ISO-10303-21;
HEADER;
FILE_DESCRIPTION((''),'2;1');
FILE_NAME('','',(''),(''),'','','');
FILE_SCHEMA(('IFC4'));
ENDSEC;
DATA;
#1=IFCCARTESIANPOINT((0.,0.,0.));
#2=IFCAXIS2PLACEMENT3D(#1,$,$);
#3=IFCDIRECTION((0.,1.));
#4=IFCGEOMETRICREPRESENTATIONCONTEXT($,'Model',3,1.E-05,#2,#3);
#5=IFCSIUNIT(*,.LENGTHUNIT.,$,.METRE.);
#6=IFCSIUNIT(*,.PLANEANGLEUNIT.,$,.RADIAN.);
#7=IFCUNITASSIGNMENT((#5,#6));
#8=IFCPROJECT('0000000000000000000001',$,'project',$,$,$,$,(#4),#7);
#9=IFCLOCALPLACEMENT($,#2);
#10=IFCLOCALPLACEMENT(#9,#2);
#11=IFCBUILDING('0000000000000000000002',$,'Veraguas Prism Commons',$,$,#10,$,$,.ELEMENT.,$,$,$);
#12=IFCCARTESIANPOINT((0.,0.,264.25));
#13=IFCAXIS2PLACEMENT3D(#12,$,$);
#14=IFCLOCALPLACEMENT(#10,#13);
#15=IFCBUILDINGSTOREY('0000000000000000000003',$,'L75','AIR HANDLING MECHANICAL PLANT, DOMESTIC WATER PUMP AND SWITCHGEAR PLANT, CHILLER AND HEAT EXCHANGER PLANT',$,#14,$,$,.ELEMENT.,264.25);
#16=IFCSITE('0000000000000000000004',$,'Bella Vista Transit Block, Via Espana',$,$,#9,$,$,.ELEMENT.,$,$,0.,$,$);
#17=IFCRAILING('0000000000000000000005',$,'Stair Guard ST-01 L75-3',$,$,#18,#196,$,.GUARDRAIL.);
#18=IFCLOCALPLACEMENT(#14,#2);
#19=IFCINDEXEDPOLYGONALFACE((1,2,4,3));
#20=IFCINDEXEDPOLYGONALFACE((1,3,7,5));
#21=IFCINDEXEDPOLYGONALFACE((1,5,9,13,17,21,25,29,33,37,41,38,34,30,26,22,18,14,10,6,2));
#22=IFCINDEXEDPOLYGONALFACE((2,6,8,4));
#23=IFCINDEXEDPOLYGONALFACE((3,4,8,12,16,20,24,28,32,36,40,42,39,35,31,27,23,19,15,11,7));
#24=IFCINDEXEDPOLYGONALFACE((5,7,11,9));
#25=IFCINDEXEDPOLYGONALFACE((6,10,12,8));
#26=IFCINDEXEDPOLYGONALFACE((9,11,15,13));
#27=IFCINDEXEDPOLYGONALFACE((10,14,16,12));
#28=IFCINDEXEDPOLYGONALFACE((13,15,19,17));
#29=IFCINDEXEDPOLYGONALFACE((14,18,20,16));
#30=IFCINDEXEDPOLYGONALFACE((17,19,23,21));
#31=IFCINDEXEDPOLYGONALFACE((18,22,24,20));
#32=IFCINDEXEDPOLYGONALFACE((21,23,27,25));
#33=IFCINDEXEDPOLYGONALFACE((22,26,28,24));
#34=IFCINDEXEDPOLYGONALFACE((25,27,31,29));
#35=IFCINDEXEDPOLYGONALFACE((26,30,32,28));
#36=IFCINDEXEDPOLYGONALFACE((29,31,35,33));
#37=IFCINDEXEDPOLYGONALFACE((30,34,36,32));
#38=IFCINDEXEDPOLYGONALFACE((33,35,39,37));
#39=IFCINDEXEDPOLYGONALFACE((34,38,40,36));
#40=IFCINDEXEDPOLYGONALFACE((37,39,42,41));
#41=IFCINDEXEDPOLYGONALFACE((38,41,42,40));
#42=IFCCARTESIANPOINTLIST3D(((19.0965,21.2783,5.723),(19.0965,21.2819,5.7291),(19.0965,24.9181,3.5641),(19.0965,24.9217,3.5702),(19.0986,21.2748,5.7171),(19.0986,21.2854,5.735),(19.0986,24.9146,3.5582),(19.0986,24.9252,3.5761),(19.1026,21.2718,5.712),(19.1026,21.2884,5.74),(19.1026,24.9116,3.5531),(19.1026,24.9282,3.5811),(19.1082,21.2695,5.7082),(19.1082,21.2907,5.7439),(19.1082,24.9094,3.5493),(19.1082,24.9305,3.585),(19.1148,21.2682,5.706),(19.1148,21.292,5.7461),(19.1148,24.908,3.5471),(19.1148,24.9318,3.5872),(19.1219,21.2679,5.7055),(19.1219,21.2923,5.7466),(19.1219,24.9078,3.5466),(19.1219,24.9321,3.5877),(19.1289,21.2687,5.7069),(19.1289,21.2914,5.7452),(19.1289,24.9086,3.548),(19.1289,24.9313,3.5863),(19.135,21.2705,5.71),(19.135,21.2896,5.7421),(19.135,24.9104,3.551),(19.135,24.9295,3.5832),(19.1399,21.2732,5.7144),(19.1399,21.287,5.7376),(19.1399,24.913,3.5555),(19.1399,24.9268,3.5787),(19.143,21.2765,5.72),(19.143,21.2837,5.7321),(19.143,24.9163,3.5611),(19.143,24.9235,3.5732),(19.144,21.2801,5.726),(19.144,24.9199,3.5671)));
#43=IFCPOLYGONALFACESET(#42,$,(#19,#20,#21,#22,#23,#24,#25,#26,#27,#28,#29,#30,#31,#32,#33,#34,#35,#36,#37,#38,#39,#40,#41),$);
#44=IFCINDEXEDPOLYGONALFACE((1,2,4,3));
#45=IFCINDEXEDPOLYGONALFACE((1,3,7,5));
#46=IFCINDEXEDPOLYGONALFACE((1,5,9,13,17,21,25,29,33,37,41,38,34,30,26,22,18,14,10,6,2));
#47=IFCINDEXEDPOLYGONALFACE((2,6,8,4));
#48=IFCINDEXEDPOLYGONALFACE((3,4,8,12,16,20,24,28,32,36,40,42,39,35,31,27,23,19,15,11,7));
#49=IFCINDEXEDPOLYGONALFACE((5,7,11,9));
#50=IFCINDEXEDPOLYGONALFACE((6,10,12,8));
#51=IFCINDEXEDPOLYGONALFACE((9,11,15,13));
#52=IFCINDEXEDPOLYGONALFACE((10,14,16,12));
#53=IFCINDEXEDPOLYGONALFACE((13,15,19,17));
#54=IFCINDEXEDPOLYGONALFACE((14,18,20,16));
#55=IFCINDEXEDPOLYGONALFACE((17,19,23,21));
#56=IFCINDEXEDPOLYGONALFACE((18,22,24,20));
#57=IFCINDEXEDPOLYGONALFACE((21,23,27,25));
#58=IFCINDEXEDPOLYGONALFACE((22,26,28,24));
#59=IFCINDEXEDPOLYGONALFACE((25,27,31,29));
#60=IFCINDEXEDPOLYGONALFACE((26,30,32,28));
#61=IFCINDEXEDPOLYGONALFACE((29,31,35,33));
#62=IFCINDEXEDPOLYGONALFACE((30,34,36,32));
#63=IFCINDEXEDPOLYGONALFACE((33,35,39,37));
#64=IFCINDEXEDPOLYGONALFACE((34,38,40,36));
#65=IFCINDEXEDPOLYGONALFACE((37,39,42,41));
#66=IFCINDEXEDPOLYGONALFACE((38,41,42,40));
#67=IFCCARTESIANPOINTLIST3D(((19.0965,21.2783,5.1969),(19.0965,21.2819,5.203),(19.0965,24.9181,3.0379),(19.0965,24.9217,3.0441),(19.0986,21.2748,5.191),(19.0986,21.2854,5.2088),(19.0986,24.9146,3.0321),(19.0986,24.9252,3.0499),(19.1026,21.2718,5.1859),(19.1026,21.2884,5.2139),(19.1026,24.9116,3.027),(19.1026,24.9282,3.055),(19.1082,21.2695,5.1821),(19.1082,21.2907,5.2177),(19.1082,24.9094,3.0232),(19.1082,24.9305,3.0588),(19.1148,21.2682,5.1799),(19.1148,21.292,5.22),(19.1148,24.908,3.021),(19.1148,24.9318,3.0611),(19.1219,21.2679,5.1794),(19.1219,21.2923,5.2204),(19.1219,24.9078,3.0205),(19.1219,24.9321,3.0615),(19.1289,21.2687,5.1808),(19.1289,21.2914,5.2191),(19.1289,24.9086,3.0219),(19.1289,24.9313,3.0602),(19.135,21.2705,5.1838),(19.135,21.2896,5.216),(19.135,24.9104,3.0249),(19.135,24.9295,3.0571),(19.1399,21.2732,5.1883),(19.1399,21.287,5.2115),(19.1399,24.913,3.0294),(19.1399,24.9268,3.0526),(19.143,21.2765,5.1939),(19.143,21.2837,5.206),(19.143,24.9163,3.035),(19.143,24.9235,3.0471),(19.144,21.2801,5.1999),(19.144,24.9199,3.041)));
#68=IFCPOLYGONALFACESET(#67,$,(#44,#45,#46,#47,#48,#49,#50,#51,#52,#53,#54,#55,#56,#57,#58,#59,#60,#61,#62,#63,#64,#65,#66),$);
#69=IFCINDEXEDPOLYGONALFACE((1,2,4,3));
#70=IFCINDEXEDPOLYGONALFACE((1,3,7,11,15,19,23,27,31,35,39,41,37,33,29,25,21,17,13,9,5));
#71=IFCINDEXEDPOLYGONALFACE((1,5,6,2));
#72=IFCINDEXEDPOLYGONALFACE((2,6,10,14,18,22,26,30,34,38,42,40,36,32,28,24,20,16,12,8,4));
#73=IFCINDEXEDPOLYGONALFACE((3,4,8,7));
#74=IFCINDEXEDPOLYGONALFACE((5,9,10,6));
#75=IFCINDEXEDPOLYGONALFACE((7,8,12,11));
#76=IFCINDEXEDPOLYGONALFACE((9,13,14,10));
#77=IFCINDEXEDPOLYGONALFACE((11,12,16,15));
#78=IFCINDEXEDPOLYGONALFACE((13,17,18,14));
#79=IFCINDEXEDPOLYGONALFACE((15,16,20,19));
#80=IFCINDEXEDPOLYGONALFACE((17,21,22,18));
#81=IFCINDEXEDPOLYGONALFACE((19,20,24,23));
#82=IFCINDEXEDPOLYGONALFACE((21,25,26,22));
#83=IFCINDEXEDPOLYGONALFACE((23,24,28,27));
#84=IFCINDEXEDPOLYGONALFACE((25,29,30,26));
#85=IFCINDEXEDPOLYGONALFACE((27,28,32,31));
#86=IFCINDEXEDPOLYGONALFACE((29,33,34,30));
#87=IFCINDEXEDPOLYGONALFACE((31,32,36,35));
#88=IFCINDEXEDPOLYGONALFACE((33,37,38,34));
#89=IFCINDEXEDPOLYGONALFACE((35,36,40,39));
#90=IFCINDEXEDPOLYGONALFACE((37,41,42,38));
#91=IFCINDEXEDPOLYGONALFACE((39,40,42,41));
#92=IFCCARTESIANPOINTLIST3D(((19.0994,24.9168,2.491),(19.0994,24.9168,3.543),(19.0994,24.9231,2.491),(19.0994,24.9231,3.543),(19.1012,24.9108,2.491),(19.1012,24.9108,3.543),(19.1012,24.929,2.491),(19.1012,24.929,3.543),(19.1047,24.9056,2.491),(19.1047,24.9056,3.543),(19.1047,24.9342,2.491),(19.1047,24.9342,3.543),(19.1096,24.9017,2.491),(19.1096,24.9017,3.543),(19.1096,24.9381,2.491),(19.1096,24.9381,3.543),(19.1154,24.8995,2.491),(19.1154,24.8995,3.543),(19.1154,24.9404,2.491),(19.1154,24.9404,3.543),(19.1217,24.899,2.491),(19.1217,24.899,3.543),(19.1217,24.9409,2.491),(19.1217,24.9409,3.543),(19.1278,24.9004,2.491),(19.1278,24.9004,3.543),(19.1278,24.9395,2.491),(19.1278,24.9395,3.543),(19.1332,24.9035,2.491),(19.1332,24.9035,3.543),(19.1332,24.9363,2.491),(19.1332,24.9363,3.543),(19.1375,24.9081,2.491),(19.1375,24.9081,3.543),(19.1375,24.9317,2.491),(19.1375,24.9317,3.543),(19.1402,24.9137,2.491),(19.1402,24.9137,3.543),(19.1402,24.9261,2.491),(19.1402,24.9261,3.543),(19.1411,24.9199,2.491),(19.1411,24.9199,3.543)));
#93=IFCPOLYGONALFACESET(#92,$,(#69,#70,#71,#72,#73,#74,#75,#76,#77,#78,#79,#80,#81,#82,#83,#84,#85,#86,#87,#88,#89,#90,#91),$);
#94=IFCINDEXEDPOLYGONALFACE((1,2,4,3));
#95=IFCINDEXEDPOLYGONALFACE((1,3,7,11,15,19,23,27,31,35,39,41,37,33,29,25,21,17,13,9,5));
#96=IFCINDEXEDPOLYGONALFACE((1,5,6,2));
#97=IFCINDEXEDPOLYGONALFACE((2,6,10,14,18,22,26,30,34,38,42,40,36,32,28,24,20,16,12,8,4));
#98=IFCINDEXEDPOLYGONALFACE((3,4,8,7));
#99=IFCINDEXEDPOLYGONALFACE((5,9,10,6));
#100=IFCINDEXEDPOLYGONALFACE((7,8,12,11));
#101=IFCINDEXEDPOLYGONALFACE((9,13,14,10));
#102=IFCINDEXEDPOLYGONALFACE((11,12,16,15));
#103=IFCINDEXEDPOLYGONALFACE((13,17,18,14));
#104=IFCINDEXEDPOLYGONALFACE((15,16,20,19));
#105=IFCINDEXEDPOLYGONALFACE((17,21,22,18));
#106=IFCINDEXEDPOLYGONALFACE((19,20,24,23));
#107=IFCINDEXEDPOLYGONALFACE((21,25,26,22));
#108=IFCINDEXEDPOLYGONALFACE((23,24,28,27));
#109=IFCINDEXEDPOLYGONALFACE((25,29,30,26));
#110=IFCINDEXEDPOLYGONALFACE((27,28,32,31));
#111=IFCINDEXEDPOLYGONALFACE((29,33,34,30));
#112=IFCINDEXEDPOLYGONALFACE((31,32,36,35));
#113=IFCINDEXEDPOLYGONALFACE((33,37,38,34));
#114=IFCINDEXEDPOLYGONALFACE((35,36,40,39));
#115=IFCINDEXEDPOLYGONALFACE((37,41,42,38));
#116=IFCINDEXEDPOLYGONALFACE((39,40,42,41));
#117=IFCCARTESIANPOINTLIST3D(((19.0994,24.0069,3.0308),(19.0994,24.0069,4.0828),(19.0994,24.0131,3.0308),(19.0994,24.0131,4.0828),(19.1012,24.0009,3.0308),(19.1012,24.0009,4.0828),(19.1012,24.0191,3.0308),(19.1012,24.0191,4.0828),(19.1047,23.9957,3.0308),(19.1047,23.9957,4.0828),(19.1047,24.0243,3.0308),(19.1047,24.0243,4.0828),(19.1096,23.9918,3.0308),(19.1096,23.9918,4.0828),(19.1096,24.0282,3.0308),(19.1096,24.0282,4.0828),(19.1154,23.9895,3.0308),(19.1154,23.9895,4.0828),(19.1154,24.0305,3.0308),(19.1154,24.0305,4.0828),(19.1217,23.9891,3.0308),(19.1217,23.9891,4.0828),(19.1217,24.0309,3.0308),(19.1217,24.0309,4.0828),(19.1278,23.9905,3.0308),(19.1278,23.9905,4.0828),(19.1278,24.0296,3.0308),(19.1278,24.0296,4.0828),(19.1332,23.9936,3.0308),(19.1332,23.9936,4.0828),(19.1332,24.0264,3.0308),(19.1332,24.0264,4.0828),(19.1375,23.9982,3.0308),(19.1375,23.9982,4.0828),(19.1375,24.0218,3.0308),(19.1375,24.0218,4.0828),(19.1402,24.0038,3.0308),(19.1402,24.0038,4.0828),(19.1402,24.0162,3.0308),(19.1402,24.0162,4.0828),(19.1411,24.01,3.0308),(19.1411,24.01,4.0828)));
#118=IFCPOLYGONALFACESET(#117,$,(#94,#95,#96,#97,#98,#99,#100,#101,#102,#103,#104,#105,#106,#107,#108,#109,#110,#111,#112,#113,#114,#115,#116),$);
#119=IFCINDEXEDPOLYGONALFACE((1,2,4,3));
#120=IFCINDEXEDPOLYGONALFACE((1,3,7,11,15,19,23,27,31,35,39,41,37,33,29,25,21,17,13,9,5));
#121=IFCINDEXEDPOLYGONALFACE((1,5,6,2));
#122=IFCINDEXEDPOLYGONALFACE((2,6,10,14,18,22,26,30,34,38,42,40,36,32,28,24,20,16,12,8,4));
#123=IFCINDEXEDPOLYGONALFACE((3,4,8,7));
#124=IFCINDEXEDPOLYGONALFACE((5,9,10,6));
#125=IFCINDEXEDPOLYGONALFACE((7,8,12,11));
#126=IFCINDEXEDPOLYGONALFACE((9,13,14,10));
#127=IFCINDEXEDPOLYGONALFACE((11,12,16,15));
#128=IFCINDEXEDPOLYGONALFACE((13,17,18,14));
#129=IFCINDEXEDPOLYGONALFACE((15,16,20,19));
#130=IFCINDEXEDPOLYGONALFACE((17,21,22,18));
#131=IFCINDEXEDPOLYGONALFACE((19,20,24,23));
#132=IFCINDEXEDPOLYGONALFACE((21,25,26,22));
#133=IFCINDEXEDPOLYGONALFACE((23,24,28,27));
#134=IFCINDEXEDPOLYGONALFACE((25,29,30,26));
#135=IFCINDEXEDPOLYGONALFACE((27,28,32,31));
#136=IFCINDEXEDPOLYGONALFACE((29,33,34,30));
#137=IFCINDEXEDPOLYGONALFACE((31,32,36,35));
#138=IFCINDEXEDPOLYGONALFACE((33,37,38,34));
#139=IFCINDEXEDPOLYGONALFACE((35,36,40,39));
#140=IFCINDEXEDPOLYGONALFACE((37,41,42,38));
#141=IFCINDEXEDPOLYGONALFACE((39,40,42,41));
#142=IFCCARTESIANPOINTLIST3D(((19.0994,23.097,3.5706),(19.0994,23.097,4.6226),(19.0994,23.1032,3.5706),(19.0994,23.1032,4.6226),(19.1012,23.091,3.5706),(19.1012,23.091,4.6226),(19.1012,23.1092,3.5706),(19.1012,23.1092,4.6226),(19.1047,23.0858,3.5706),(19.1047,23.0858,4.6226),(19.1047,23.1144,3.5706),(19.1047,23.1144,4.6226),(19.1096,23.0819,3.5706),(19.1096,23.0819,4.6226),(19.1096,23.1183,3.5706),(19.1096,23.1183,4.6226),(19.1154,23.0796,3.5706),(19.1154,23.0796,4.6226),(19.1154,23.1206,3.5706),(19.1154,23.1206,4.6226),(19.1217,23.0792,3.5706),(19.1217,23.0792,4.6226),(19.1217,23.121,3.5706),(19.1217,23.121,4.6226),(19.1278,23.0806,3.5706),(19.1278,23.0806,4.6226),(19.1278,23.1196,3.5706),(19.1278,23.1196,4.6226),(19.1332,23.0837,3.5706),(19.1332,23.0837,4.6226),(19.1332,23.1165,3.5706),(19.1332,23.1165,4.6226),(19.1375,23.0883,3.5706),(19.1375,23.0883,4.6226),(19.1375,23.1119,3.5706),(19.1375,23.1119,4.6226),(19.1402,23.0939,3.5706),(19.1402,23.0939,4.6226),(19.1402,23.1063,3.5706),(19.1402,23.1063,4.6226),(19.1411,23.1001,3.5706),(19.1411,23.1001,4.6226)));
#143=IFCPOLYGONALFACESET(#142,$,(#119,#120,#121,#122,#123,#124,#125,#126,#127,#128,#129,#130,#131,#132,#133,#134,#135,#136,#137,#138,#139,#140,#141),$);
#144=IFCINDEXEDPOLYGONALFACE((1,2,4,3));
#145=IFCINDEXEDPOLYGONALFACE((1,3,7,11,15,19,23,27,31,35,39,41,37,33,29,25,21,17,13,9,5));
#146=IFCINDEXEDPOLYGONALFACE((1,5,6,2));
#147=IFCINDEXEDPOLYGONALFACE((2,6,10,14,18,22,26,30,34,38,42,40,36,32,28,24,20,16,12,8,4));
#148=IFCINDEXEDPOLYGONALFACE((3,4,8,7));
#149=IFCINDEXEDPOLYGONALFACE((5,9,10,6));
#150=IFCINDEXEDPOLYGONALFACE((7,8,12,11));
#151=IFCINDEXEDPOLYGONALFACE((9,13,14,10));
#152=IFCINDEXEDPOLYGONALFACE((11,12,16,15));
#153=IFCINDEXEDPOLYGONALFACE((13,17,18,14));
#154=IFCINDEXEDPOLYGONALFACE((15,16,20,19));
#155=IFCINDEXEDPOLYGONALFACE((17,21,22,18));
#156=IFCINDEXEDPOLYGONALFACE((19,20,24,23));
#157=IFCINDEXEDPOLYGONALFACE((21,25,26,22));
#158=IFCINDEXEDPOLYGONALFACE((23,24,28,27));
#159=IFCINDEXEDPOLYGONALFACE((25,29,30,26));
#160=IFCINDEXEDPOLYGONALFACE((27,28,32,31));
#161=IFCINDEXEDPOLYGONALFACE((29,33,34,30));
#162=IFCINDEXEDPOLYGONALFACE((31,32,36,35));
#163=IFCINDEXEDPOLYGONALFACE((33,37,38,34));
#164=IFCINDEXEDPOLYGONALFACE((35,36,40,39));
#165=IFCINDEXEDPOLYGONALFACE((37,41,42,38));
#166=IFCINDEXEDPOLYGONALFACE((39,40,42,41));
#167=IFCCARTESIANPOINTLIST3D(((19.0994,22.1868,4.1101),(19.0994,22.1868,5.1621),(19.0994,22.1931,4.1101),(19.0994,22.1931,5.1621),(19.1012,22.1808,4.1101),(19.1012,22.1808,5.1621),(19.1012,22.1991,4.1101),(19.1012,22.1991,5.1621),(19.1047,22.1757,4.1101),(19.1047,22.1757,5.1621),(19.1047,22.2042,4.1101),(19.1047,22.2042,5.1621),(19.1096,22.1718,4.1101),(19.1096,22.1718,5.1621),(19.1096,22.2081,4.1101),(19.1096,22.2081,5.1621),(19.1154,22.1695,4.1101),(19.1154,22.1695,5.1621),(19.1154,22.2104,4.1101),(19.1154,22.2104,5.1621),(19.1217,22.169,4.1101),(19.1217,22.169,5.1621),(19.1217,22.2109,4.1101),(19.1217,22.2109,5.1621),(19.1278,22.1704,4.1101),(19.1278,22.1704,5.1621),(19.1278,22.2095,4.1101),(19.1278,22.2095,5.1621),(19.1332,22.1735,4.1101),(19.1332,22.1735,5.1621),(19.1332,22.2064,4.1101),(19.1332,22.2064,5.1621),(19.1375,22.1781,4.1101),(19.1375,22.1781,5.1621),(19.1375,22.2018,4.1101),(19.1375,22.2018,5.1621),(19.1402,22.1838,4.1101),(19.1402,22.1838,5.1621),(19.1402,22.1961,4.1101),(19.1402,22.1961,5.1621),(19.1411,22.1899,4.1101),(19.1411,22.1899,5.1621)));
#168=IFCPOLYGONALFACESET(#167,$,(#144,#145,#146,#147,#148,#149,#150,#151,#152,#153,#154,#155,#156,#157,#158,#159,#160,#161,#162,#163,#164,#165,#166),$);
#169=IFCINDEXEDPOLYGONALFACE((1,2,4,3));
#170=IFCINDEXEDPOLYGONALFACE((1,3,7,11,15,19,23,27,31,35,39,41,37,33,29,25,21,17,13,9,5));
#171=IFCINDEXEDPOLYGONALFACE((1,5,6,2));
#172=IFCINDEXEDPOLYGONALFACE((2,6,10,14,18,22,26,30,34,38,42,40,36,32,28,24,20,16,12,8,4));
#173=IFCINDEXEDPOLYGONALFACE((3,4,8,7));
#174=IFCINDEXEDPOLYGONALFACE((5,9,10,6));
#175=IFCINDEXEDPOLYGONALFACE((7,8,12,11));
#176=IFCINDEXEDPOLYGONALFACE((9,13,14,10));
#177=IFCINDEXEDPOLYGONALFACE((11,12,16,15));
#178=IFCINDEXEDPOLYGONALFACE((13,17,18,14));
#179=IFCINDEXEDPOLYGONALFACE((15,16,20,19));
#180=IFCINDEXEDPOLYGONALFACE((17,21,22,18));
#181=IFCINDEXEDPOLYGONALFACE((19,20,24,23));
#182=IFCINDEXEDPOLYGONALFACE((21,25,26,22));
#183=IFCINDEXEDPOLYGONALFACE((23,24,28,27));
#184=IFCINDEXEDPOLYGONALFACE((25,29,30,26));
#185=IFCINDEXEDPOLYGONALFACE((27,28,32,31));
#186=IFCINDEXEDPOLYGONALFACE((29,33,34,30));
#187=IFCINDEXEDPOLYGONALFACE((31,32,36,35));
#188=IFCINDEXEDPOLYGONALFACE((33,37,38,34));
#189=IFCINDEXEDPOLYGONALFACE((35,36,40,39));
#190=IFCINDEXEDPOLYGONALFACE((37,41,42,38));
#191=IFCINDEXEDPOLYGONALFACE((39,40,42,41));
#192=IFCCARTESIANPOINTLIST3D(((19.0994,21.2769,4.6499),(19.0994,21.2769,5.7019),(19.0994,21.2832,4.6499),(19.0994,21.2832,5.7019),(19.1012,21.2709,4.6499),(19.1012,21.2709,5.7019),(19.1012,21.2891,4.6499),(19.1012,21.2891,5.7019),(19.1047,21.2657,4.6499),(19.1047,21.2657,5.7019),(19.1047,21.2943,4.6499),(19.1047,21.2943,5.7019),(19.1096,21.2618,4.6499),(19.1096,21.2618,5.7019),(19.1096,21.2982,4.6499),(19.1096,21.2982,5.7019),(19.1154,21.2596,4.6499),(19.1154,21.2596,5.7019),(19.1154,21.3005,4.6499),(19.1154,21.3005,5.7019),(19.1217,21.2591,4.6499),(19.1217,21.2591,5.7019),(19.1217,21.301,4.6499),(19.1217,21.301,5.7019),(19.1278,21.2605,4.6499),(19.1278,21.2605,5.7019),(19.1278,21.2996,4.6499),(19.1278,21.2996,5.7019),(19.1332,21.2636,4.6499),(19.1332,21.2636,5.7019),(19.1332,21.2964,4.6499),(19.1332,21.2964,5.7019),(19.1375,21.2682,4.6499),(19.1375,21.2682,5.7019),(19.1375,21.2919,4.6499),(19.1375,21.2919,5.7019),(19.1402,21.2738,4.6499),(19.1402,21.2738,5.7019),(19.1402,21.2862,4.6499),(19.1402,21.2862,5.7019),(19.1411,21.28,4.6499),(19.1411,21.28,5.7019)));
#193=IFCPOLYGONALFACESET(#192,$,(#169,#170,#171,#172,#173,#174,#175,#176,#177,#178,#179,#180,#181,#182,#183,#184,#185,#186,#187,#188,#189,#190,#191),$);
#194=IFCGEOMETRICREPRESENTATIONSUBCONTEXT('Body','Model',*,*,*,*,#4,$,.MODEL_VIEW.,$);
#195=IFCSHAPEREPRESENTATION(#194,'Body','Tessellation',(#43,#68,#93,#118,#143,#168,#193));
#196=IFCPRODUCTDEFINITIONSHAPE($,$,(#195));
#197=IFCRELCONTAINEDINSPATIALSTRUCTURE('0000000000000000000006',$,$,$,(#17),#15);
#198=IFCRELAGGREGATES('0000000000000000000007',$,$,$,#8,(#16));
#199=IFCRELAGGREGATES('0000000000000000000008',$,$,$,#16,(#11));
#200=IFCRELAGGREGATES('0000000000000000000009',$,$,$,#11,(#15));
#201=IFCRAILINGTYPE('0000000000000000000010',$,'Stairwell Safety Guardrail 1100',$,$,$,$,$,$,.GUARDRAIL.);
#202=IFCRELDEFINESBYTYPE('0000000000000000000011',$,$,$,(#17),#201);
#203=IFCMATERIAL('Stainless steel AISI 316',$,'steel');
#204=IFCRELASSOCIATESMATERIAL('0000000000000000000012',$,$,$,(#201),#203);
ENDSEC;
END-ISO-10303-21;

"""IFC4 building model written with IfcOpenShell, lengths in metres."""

from ifc_helpers import new_model, si_unit, direction, frame, origin, origin_2d, place, context, subcontext, project, spatial, circle, extrude, material, type_object, element, save


model = new_model("IFC4")

# Units and contexts
model_context = context("Model", 3, precision=1e-05, world=origin(), true_north=direction((0.0, 1.0)))
body_context = subcontext(model_context, "Body", "Model", "MODEL_VIEW")
ifc_project = project(units=[si_unit("LENGTHUNIT", "METRE"), si_unit("PLANEANGLEUNIT", "RADIAN")], contexts=[model_context])

# Site, building, storey
site_placement = place(None, origin())
site = spatial("IfcSite", under=ifc_project, at=site_placement, Name="Bella Vista Transit Block, Via Espana", CompositionType="ELEMENT", RefElevation=0.0)
building_placement = place(site_placement, origin())
building = spatial("IfcBuilding", under=site, at=building_placement, Name="Veraguas Prism Commons", CompositionType="ELEMENT")
storey_placement = place(building_placement, frame((0.0, 0.0, 264.25)))
storey = spatial("IfcBuildingStorey", under=building, at=storey_placement, Name="L75", Description="AIR HANDLING MECHANICAL PLANT, DOMESTIC WATER PUMP AND SWITCHGEAR PLANT, CHILLER AND HEAT EXCHANGER PLANT", CompositionType="ELEMENT", Elevation=264.25)

# Railing
ifc_material_1 = material(Name="Stainless steel AISI 316", Category="steel")
railing_type_1 = type_object("IfcRailingType", Name="Stairwell Safety Guardrail 1100", PredefinedType="GUARDRAIL", material=ifc_material_1)
railing_1_placement = place(storey_placement, frame((19.1201, 24.9199, 2.491)))
element("IfcRailing", 1, at=railing_1_placement, inside=storey, type_object=railing_type_1, Name="Stair Guard ST-01 L75-3", PredefinedType="GUARDRAIL", context=body_context, shape_type="SweptSolid", body=[
    extrude(circle(Radius=0.0239, at=origin_2d()), frame((0.0, 0.0, 1.0762), z_axis=(0.0, -0.860088, 0.510145), x_axis=(1.0, 0.0, 0.0)), (0.0, 0.0, 1.0), 4.2319),
    extrude(circle(Radius=0.0239, at=origin_2d()), frame((0.0, 0.0, 0.55), z_axis=(0.0, -0.860088, 0.510145), x_axis=(1.0, 0.0, 0.0)), (0.0, 0.0, 1.0), 4.2319),
    extrude(circle(Radius=0.021, at=origin_2d()), origin(), (0.0, 0.0, 1.0), 1.052),
    extrude(circle(Radius=0.021, at=origin_2d()), frame((0.0, -0.9099, 0.5398)), (0.0, 0.0, 1.0), 1.052),
    extrude(circle(Radius=0.021, at=origin_2d()), frame((0.0, -1.8198, 1.0796)), (0.0, 0.0, 1.0), 1.052),
    extrude(circle(Radius=0.021, at=origin_2d()), frame((0.0, -2.73, 1.6191)), (0.0, 0.0, 1.0), 1.052),
    extrude(circle(Radius=0.021, at=origin_2d()), frame((0.0, -3.6399, 2.1589)), (0.0, 0.0, 1.0), 1.052),
])

save(model, "model.ifc")
